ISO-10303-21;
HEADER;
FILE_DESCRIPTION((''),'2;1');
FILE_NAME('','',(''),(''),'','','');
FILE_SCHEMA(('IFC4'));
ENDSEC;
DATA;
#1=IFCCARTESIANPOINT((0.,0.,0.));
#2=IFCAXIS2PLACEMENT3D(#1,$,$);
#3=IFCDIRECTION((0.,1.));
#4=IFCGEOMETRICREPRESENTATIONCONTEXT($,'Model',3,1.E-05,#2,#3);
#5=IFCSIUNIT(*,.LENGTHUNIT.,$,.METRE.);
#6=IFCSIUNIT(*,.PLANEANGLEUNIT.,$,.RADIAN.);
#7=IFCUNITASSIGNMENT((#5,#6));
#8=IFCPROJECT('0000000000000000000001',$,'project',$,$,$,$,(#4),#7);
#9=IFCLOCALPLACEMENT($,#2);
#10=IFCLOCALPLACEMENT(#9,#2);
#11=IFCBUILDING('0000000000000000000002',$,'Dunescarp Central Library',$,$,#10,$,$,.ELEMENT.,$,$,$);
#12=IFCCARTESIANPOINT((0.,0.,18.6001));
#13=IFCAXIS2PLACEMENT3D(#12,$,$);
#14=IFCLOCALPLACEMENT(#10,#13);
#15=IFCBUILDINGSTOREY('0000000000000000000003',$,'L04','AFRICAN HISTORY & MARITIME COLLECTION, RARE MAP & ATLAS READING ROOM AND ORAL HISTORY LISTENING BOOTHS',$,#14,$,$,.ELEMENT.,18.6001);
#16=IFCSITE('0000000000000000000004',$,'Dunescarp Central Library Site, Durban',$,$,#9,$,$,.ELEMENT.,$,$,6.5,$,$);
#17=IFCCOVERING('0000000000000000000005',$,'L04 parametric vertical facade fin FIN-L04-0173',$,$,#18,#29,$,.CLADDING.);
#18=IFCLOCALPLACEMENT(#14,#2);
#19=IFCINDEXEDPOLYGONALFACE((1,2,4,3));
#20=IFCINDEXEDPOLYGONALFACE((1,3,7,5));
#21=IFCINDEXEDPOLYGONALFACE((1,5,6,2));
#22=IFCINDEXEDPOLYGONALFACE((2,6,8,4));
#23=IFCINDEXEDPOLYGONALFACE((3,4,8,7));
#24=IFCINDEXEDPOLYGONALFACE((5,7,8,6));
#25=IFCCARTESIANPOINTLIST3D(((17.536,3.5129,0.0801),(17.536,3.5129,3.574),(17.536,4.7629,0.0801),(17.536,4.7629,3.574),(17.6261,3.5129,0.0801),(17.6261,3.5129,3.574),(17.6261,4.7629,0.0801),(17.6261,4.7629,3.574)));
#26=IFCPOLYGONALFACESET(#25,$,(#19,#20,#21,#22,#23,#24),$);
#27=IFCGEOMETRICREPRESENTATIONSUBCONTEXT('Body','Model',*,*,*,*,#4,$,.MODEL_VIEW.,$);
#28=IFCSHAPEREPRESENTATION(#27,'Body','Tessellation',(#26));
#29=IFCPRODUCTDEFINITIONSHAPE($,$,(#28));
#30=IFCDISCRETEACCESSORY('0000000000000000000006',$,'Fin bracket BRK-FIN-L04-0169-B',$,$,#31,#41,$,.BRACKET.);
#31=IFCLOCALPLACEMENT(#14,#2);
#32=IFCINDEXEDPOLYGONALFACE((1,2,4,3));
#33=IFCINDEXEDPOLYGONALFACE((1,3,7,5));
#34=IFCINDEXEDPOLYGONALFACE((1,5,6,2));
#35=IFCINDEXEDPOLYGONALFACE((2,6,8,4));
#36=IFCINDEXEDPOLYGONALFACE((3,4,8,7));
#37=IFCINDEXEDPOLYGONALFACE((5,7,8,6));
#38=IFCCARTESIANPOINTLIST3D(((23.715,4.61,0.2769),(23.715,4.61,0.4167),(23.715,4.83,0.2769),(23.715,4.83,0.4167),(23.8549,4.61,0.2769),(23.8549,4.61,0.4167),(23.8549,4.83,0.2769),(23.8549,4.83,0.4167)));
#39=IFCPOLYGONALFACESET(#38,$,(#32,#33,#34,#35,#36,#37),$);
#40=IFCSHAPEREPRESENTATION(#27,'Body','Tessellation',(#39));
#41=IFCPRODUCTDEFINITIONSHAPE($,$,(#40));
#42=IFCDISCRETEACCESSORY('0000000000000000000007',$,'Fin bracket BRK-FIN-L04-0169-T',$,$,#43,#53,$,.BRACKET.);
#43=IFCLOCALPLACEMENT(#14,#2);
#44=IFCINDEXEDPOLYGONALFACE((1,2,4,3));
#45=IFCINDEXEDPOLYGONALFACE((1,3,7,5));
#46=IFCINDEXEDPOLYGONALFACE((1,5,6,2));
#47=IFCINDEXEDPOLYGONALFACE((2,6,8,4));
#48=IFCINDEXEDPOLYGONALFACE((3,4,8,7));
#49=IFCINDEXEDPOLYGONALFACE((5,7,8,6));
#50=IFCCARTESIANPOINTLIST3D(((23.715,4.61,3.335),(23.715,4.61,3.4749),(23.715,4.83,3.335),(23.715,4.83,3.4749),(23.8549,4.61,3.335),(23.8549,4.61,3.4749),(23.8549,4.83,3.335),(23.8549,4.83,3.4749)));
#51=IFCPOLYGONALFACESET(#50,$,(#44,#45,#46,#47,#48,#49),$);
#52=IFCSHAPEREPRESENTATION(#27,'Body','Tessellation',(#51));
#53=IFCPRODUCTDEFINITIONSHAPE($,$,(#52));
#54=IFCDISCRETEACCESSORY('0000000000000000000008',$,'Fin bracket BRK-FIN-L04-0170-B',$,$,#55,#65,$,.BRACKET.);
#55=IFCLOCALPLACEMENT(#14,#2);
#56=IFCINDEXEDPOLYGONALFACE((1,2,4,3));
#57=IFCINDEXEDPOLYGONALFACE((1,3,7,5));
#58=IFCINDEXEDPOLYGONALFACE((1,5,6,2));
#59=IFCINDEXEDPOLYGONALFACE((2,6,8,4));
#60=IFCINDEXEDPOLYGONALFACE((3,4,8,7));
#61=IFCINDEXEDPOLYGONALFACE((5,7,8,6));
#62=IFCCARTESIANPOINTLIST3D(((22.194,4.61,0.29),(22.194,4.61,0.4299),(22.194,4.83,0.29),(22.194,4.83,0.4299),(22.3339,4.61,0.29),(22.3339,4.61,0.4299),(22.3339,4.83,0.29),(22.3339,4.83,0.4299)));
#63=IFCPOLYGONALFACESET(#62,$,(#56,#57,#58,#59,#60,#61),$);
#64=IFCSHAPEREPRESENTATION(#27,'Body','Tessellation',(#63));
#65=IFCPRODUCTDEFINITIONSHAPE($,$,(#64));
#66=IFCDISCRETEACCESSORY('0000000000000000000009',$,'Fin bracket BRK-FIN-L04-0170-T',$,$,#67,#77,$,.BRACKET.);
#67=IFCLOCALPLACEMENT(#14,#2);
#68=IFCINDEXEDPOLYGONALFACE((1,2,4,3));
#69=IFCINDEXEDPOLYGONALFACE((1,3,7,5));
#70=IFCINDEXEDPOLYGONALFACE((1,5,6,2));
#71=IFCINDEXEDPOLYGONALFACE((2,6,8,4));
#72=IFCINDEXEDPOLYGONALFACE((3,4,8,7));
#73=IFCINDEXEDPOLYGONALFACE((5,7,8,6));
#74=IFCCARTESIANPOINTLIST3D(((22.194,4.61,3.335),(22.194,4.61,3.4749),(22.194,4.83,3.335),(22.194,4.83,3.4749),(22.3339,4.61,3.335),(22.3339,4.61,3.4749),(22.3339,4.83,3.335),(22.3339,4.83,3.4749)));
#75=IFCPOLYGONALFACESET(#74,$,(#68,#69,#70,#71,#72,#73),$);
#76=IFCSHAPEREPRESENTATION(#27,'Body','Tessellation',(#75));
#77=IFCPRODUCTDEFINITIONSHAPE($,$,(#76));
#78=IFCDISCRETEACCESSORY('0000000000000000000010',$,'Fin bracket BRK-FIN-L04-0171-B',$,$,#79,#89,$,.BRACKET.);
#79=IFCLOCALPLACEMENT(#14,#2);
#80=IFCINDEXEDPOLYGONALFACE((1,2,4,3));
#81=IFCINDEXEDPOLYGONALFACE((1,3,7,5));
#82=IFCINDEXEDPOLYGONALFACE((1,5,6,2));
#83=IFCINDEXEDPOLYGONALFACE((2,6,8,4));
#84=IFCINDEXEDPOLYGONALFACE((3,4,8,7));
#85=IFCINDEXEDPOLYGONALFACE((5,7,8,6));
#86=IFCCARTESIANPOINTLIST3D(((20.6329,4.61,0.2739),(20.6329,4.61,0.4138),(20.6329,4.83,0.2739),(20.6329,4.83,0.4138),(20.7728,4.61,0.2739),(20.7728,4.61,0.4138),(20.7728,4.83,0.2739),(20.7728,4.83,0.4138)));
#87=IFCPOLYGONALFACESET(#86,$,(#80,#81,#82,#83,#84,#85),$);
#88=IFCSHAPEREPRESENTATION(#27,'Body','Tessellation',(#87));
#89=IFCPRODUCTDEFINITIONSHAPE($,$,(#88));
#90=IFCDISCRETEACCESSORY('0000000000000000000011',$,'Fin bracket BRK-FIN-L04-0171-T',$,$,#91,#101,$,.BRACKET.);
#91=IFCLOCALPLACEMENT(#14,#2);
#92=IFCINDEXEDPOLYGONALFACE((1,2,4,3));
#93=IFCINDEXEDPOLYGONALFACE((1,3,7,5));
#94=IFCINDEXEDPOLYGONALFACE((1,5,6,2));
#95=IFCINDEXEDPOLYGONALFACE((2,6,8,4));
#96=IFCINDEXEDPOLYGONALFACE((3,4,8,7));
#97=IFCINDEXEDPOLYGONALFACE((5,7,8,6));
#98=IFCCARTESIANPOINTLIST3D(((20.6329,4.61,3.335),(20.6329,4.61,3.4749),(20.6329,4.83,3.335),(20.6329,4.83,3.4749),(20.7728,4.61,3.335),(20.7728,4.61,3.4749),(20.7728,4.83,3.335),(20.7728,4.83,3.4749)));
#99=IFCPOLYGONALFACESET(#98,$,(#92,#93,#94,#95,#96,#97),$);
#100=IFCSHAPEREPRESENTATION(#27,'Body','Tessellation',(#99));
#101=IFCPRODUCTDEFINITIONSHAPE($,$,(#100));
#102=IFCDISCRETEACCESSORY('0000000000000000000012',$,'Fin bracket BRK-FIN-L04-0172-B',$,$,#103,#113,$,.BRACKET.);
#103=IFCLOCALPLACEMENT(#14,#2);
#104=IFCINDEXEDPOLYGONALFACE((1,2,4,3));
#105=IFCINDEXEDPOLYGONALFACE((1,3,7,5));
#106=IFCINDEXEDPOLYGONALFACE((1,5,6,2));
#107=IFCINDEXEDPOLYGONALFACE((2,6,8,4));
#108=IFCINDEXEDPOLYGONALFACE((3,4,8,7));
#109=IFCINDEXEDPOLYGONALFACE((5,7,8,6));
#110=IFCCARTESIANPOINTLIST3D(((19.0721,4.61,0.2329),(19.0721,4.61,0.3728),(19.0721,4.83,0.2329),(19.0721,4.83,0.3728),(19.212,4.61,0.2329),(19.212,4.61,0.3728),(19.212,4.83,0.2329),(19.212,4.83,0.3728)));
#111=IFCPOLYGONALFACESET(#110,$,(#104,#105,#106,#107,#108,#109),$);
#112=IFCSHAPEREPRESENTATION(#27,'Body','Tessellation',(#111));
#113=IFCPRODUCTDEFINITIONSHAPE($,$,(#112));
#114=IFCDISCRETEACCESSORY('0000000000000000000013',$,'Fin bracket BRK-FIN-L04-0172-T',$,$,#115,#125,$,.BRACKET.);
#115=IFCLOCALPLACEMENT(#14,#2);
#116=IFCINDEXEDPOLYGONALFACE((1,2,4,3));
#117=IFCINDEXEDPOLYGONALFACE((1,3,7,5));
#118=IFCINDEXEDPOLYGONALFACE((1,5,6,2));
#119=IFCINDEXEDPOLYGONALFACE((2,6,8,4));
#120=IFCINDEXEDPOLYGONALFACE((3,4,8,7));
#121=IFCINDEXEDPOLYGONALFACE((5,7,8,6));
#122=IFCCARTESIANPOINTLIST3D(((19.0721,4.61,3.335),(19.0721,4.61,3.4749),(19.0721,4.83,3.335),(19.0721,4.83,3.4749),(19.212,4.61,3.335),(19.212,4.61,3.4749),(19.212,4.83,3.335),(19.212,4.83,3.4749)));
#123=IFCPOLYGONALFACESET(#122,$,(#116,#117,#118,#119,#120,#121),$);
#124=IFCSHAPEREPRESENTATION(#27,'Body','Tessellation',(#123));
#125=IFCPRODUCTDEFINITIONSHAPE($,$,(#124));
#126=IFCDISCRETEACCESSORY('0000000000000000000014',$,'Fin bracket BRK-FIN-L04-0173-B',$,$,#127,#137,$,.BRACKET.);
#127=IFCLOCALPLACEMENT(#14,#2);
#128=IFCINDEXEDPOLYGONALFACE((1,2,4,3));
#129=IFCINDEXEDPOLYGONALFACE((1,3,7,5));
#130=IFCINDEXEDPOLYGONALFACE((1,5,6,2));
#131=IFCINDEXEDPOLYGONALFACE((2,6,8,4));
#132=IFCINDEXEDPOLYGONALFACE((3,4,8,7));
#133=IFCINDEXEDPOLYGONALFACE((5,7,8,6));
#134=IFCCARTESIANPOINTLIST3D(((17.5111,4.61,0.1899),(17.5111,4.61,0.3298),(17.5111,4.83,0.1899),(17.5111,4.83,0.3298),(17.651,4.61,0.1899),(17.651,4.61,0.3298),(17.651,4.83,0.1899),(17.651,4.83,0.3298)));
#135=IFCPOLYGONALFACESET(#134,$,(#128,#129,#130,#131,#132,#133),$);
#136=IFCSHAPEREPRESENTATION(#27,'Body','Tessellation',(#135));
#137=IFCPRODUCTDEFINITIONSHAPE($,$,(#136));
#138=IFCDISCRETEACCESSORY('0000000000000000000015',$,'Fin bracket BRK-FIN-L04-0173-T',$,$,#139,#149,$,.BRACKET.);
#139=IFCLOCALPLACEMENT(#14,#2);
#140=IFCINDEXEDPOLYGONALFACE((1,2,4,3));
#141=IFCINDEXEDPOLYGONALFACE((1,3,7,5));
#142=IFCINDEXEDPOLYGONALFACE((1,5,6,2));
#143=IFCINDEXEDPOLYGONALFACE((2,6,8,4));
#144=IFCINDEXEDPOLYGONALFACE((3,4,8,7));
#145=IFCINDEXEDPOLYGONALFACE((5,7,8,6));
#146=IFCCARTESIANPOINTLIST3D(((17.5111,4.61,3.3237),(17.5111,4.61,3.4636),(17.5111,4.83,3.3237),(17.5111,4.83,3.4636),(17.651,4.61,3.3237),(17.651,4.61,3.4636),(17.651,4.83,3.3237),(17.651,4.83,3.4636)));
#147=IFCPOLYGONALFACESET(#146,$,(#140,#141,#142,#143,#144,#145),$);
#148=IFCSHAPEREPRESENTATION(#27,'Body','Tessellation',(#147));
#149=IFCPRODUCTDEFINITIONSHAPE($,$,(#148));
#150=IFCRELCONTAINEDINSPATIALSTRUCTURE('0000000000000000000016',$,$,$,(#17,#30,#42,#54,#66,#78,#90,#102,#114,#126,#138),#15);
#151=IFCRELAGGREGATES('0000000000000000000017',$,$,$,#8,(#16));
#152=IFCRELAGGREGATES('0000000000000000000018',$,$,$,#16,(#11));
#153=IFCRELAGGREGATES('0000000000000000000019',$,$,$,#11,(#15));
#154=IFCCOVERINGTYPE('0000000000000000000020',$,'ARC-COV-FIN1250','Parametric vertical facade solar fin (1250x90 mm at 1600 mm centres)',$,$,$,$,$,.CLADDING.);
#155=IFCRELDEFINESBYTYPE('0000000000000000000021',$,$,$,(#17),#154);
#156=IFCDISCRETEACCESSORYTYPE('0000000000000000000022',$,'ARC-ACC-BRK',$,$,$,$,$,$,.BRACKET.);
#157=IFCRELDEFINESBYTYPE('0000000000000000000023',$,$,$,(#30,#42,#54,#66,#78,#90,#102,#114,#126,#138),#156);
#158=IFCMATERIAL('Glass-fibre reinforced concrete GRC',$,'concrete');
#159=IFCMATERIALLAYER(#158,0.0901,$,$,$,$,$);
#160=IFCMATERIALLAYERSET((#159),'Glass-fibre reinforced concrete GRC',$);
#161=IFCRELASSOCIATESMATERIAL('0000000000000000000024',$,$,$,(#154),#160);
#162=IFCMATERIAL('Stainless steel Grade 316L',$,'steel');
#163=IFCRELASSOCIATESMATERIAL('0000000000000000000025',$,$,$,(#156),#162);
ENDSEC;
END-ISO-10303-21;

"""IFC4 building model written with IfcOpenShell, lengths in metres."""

from ifc_helpers import new_model, si_unit, direction, frame, origin, origin_2d, place, context, subcontext, project, spatial, rectangle, extrude, material, layer, layer_set, type_object, element, save


model = new_model("IFC4")

# Units and contexts
model_context = context("Model", 3, precision=1e-05, world=origin(), true_north=direction((0.0, 1.0)))
body_context = subcontext(model_context, "Body", "Model", "MODEL_VIEW")
ifc_project = project(units=[si_unit("LENGTHUNIT", "METRE"), si_unit("PLANEANGLEUNIT", "RADIAN")], contexts=[model_context])

# Site, building, storey
site_placement = place(None, origin())
site = spatial("IfcSite", under=ifc_project, at=site_placement, Name="Dunescarp Central Library Site, Durban", CompositionType="ELEMENT", RefElevation=6.5)
building_placement = place(site_placement, origin())
building = spatial("IfcBuilding", under=site, at=building_placement, Name="Dunescarp Central Library", CompositionType="ELEMENT")
storey_placement = place(building_placement, frame((0.0, 0.0, 18.6001)))
storey = spatial("IfcBuildingStorey", under=building, at=storey_placement, Name="L04", Description="AFRICAN HISTORY & MARITIME COLLECTION, RARE MAP & ATLAS READING ROOM AND ORAL HISTORY LISTENING BOOTHS", CompositionType="ELEMENT", Elevation=18.6001)

# Covering
ifc_material_1 = material(Name="Glass-fibre reinforced concrete GRC", Category="concrete")
ifc_layer_1 = layer(ifc_material_1, 0.0901)
ifc_layer_set_1 = layer_set([ifc_layer_1], Name="Glass-fibre reinforced concrete GRC")
covering_type = type_object("IfcCoveringType", Name="ARC-COV-FIN1250", Description="Parametric vertical facade solar fin (1250x90 mm at 1600 mm centres)", PredefinedType="CLADDING", material=ifc_layer_set_1)
covering_1_placement = place(storey_placement, frame((17.5811, 4.1379, 0.0801), z_axis=(0.0, 0.0, 1.0), x_axis=(0.0, -1.0, 0.0)))
element("IfcCovering", 1, at=covering_1_placement, inside=storey, type_object=covering_type, Name="L04 parametric vertical facade fin FIN-L04-0173", PredefinedType="CLADDING", context=body_context, shape_type="SweptSolid", body=[
    extrude(rectangle(XDim=1.25, YDim=0.0901, at=origin_2d()), origin(), (0.0, 0.0, 1.0), 3.4939),
])

# Discrete accessories
ifc_material_2 = material(Name="Stainless steel Grade 316L", Category="steel")
discrete_accessory_type = type_object("IfcDiscreteAccessoryType", Name="ARC-ACC-BRK", PredefinedType="BRACKET", material=ifc_material_2)
for number, where, z_axis, x_axis, name in (
    (2, (23.7849, 4.72, 0.2769), (0.0, 0.0, 1.0), (0.0, -1.0, 0.0), "Fin bracket BRK-FIN-L04-0169-B"),
    (3, (23.7849, 4.72, 3.335), (0.0, 0.0, 1.0), (0.0, -1.0, 0.0), "Fin bracket BRK-FIN-L04-0169-T"),
    (4, (22.2639, 4.72, 0.29), (0.0, 0.0, 1.0), (0.0, -1.0, 0.0), "Fin bracket BRK-FIN-L04-0170-B"),
    (5, (22.2639, 4.72, 3.335), (0.0, 0.0, 1.0), (0.0, -1.0, 0.0), "Fin bracket BRK-FIN-L04-0170-T"),
    (6, (20.7029, 4.72, 0.2739), (0.0, 0.0, 1.0), (0.0, -1.0, 0.0), "Fin bracket BRK-FIN-L04-0171-B"),
    (7, (20.7029, 4.72, 3.335), (0.0, 0.0, 1.0), (0.0, -1.0, 0.0), "Fin bracket BRK-FIN-L04-0171-T"),
    (8, (19.1421, 4.72, 0.2329), (0.0, 0.0, 1.0), (0.0, -1.0, 0.0), "Fin bracket BRK-FIN-L04-0172-B"),
    (9, (19.1421, 4.72, 3.335), (0.0, 0.0, 1.0), (0.0, -1.0, 0.0), "Fin bracket BRK-FIN-L04-0172-T"),
    (10, (17.5811, 4.72, 0.1899), (0.0, 0.0, 1.0), (0.0, -1.0, 0.0), "Fin bracket BRK-FIN-L04-0173-B"),
    (11, (17.5811, 4.72, 3.3237), (0.0, 0.0, 1.0), (0.0, -1.0, 0.0), "Fin bracket BRK-FIN-L04-0173-T"),
):
    element("IfcDiscreteAccessory", number, at=place(storey_placement, frame(where, z_axis=z_axis, x_axis=x_axis)), inside=storey, type_object=discrete_accessory_type, Name=name, PredefinedType="BRACKET", context=body_context, shape_type="SweptSolid", body=[
        extrude(rectangle(XDim=0.22, YDim=0.1399, at=origin_2d()), origin(), (0.0, 0.0, 1.0), 0.1399),
    ])

save(model, "model.ifc")
